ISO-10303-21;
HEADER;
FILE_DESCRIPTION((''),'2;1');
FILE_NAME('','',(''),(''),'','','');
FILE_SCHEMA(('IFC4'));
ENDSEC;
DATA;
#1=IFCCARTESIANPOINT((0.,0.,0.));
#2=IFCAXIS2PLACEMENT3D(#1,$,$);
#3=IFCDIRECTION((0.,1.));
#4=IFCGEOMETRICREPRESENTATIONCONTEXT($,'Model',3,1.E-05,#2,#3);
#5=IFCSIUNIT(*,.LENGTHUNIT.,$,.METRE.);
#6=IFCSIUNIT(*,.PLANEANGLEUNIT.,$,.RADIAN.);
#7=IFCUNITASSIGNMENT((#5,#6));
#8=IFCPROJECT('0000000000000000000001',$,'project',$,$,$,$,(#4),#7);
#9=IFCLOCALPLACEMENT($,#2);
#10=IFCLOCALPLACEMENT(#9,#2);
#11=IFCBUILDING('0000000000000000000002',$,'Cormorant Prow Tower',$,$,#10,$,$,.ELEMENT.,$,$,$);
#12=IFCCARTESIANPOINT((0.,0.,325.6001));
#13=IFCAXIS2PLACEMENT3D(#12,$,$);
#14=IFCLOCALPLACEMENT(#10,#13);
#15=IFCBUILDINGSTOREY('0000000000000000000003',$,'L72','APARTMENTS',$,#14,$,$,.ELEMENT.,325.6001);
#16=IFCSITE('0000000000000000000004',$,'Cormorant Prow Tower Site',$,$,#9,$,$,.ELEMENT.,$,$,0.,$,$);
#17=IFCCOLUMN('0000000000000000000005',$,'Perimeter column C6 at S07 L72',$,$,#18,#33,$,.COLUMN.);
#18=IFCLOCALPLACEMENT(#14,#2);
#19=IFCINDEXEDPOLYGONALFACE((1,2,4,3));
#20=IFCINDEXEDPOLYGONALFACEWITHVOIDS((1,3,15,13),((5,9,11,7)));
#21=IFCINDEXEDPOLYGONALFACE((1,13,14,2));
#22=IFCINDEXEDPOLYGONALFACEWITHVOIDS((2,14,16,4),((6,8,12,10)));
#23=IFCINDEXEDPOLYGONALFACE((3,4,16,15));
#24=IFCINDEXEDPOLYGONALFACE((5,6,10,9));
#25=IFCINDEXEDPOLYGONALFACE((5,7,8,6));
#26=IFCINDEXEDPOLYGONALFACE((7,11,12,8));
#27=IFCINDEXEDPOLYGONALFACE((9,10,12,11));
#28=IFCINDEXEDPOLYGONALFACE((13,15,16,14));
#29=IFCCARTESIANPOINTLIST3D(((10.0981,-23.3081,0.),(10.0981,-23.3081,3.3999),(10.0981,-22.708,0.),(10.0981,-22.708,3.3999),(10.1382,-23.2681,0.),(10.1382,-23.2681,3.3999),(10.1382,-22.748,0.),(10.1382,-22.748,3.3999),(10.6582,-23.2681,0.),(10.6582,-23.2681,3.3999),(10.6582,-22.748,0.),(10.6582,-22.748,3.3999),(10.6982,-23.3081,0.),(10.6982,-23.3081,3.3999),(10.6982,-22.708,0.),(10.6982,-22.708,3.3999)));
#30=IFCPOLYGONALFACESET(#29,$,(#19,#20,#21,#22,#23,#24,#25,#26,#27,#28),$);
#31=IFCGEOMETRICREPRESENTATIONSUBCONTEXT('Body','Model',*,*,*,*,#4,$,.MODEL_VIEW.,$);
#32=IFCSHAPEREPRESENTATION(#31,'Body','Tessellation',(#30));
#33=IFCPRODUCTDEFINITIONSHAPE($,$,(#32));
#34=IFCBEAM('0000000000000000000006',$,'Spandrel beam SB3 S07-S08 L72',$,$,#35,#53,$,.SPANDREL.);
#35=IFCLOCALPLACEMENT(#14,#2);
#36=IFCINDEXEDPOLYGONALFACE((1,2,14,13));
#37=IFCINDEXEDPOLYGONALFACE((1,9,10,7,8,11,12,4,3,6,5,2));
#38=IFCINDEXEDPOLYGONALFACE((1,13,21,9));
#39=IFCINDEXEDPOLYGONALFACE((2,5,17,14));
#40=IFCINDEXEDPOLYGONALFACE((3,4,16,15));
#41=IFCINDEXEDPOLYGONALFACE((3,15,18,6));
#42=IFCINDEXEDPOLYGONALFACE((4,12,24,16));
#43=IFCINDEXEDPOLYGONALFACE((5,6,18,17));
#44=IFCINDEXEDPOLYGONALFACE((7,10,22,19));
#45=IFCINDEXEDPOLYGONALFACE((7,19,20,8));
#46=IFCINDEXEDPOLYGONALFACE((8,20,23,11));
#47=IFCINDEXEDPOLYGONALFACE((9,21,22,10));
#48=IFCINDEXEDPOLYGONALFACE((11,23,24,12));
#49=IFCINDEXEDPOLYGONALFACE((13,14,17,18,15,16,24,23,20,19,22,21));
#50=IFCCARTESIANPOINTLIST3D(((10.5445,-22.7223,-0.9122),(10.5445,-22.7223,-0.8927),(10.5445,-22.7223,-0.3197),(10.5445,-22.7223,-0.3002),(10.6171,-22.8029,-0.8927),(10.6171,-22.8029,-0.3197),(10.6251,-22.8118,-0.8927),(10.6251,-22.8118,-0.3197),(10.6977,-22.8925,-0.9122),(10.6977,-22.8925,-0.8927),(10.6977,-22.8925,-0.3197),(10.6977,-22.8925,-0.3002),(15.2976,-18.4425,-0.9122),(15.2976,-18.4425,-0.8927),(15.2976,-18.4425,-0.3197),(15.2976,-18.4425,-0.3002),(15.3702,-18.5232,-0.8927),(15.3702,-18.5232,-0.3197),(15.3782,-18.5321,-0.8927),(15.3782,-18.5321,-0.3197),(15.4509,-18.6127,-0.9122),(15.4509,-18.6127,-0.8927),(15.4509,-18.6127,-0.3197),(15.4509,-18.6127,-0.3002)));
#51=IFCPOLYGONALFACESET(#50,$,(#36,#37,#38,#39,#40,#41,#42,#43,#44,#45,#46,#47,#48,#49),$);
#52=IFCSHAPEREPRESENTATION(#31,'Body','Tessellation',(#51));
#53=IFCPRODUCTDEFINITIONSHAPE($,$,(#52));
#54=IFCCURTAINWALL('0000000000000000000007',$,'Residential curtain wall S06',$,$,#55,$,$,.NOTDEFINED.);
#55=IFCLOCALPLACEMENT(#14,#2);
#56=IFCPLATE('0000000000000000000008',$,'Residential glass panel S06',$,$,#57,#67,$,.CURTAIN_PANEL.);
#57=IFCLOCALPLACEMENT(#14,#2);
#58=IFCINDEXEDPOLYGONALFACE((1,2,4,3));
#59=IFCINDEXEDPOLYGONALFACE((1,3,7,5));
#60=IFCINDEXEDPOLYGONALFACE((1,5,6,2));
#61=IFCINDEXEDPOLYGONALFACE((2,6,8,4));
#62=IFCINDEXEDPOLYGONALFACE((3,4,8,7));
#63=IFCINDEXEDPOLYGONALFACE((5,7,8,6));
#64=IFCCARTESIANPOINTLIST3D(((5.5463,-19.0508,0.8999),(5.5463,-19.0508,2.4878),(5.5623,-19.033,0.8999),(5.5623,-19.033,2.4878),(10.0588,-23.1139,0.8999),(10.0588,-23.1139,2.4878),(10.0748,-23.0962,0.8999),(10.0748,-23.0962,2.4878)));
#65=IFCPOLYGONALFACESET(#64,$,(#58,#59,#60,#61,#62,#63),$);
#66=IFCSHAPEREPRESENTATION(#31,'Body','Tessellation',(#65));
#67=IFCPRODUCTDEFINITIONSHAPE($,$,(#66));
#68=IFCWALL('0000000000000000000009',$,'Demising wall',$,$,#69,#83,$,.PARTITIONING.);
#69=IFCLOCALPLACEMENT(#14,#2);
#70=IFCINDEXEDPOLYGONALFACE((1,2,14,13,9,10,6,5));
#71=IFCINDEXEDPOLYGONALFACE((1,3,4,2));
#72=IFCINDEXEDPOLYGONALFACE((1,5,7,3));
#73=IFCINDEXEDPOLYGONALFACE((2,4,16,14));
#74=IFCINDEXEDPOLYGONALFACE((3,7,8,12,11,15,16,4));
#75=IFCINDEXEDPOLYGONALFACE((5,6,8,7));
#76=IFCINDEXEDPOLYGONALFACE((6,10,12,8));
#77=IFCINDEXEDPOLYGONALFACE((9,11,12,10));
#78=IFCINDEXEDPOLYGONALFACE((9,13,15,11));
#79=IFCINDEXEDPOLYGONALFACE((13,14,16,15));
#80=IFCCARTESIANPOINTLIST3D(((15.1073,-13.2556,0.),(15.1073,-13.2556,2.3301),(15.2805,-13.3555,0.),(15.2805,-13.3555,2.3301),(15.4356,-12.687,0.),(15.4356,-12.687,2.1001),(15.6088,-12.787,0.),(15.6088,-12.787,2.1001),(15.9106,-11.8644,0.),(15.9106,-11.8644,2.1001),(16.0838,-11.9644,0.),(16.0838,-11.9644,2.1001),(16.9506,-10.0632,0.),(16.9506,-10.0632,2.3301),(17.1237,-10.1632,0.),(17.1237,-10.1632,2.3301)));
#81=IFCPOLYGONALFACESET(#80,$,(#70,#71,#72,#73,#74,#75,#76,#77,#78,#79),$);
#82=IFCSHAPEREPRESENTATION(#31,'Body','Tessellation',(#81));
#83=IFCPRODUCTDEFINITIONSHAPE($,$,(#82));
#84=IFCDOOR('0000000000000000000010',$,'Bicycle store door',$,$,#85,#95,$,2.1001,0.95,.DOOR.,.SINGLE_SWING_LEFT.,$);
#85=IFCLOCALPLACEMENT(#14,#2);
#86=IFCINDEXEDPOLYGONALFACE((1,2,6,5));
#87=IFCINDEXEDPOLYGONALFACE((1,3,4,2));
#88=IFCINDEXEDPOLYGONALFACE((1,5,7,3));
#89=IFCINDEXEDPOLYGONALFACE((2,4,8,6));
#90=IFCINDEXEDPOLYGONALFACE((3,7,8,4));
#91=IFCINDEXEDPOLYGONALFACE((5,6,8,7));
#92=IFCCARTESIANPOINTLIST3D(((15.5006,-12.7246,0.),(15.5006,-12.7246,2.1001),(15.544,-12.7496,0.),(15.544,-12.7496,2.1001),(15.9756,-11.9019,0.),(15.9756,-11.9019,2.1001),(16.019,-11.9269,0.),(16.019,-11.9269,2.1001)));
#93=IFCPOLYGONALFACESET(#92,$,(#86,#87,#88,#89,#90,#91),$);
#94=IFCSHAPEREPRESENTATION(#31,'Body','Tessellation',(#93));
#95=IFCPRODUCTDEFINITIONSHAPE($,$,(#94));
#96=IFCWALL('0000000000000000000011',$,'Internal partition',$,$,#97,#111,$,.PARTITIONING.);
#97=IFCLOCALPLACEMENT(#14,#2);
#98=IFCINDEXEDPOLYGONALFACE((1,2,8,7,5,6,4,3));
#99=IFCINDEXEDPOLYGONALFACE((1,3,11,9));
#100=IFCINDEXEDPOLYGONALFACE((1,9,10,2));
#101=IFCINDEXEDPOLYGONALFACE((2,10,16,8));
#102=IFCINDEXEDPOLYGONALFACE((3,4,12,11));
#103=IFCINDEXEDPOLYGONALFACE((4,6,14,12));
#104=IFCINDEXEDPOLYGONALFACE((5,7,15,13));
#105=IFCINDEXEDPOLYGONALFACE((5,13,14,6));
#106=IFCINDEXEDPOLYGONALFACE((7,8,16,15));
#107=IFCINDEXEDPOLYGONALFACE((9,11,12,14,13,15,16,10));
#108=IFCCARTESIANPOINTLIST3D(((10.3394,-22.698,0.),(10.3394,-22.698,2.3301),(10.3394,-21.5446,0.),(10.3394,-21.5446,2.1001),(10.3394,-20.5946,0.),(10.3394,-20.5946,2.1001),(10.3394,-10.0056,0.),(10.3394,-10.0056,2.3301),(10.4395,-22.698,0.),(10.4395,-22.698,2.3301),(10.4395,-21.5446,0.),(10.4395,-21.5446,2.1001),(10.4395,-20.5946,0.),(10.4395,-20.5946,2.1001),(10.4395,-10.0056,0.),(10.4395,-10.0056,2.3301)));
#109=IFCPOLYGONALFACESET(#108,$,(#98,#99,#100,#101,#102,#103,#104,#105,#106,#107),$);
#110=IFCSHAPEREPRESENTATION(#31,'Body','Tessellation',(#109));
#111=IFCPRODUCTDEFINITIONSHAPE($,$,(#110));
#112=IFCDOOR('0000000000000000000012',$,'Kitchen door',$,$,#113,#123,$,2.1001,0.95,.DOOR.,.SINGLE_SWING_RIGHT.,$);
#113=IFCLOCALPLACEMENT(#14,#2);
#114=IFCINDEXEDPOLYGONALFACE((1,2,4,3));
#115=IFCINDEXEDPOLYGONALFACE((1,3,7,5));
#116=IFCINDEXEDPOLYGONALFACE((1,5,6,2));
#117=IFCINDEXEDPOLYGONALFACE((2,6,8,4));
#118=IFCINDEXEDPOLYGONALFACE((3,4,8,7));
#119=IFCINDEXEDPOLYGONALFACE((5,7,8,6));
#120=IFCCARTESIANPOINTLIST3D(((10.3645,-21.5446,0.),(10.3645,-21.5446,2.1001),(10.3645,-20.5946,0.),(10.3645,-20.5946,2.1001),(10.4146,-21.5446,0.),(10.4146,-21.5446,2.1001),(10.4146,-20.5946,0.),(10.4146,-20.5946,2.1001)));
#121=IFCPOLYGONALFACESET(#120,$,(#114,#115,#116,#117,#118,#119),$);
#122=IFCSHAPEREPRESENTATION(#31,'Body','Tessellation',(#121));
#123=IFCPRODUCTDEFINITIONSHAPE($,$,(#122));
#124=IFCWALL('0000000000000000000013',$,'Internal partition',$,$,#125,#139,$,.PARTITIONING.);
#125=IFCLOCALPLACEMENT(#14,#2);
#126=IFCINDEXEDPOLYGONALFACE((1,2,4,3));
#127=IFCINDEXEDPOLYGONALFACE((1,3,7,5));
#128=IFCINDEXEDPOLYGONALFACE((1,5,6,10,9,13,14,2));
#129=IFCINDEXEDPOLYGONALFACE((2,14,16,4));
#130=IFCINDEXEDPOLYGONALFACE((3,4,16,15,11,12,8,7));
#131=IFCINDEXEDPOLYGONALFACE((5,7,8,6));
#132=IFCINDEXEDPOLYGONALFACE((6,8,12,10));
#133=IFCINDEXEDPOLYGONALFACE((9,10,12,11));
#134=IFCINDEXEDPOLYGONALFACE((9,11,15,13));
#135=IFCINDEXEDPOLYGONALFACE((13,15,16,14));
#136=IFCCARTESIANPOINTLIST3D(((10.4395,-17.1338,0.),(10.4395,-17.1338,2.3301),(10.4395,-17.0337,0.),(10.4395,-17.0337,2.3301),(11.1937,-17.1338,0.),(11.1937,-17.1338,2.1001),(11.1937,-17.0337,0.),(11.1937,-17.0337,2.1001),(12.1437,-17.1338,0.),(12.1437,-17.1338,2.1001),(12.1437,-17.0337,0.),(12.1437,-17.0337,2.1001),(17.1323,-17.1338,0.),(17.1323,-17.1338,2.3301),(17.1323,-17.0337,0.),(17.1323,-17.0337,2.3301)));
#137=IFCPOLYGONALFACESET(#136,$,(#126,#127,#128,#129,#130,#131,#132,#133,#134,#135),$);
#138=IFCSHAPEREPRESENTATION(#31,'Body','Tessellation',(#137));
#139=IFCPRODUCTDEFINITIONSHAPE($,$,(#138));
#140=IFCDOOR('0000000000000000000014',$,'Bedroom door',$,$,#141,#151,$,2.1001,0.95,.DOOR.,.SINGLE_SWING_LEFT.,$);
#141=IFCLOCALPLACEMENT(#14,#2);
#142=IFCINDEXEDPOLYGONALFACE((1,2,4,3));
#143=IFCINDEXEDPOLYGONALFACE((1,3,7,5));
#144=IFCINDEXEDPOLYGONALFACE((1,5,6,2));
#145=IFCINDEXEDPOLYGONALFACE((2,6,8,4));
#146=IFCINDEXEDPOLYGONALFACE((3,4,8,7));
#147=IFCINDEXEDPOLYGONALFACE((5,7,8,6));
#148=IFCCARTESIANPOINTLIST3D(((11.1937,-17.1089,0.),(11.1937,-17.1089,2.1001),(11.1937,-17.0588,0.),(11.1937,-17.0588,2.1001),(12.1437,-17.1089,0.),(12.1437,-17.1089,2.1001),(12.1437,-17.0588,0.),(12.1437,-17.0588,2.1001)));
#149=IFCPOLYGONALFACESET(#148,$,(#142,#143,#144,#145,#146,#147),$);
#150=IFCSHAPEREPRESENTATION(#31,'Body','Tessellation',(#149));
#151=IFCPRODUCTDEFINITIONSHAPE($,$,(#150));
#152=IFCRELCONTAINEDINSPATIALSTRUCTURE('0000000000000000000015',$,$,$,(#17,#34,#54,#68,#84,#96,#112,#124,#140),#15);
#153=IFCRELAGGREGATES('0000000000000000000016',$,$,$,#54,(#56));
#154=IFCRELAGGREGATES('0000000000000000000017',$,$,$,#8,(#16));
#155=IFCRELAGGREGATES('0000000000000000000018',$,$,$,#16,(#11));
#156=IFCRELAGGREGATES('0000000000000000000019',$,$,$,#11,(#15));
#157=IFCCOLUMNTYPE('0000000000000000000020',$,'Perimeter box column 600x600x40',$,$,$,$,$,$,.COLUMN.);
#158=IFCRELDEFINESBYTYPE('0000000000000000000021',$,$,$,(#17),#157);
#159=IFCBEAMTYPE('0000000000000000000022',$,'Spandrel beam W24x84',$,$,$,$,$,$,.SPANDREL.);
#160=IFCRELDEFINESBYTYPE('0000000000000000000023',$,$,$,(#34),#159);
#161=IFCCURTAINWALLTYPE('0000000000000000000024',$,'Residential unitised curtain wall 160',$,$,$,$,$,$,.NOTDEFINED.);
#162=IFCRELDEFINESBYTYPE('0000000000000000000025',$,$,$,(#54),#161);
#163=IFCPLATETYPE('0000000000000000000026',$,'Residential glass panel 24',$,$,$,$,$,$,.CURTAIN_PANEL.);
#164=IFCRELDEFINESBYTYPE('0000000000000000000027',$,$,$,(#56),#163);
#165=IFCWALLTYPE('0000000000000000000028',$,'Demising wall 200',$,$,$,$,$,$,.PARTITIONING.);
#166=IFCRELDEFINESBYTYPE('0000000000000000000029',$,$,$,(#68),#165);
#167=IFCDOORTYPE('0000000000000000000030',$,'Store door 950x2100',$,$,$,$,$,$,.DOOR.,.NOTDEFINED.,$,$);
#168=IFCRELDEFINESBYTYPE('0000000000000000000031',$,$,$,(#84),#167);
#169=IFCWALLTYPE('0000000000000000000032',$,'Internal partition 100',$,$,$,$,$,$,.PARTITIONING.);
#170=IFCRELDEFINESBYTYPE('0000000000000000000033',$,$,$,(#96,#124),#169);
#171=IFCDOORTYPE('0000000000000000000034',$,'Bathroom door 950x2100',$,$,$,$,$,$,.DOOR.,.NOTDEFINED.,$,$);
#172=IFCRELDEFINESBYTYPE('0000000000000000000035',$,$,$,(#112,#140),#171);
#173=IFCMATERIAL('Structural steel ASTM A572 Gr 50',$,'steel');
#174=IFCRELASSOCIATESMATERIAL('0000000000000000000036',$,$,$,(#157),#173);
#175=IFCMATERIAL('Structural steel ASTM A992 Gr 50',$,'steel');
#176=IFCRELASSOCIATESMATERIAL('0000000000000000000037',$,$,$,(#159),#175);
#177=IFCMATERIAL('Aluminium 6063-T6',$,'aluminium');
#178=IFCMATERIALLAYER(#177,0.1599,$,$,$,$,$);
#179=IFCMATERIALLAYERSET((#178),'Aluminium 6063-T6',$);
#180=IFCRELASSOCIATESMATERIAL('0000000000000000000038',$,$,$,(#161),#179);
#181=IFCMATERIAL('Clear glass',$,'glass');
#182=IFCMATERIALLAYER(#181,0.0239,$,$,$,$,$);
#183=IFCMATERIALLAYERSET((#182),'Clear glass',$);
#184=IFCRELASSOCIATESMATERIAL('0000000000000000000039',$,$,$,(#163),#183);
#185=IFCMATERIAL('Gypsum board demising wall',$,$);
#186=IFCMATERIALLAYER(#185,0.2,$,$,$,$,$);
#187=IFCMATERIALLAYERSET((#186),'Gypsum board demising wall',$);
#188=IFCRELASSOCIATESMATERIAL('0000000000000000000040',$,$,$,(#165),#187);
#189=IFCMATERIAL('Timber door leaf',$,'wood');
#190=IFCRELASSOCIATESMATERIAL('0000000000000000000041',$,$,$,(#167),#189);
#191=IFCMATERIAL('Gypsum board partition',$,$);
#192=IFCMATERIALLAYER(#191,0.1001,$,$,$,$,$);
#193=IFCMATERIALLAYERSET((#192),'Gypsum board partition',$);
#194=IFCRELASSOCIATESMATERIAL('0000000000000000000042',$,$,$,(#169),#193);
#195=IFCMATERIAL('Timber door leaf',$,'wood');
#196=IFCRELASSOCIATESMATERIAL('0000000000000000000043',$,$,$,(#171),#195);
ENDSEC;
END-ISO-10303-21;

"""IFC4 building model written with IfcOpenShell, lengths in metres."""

from ifc_helpers import new_model, si_unit, direction, frame, frame_2d, origin, origin_2d, place, context, subcontext, project, spatial, rectangle, hollow_rectangle, i_section, extrude, material, layer, layer_set, material_profile, profile_set, type_object, element, fill, aggregate, save


model = new_model("IFC4")

# Units and contexts
model_context = context("Model", 3, precision=1e-05, world=origin(), true_north=direction((0.0, 1.0)))
body_context = subcontext(model_context, "Body", "Model", "MODEL_VIEW")
ifc_project = project(units=[si_unit("LENGTHUNIT", "METRE"), si_unit("PLANEANGLEUNIT", "RADIAN")], contexts=[model_context])

# Site, building, storey
site_placement = place(None, origin())
site = spatial("IfcSite", under=ifc_project, at=site_placement, Name="Cormorant Prow Tower Site", CompositionType="ELEMENT", RefElevation=0.0)
building_placement = place(site_placement, origin())
building = spatial("IfcBuilding", under=site, at=building_placement, Name="Cormorant Prow Tower", CompositionType="ELEMENT")
storey_placement = place(building_placement, frame((0.0, 0.0, 325.6001)))
storey = spatial("IfcBuildingStorey", under=building, at=storey_placement, Name="L72", Description="APARTMENTS", CompositionType="ELEMENT", Elevation=325.6001)

# Column
ifc_material_1 = material(Name="Structural steel ASTM A572 Gr 50", Category="steel")
ifc_material_profile_1 = material_profile(ifc_material_1, hollow_rectangle(XDim=0.6001, YDim=0.6001, WallThickness=0.04, at=origin_2d()), Name="Box 600x600x40")
ifc_profile_set_1 = profile_set([ifc_material_profile_1], Name="Structural steel ASTM A572 Gr 50")
column_type = type_object("IfcColumnType", Name="Perimeter box column 600x600x40", PredefinedType="COLUMN", material=ifc_profile_set_1)
column_placement = place(storey_placement, frame((10.3982, -23.0081, 0.0), z_axis=(0.0, 0.0, 1.0), x_axis=(1.0, 0.0, 0.0)))
element("IfcColumn", 1, at=column_placement, inside=storey, type_object=column_type, Name="Perimeter column C6 at S07 L72", PredefinedType="COLUMN", context=body_context, shape_type="SweptSolid", body=[
    extrude(hollow_rectangle(XDim=0.6001, YDim=0.6001, WallThickness=0.04, at=origin_2d()), origin(), (0.0, 0.0, 1.0), 3.3999),
])

# Beam
ifc_material_2 = material(Name="Structural steel ASTM A992 Gr 50", Category="steel")
ifc_material_profile_2 = material_profile(ifc_material_2, i_section(OverallWidth=0.229, OverallDepth=0.6121, WebThickness=0.012, FlangeThickness=0.0195, at=origin_2d()), Name="W24x84")
ifc_profile_set_2 = profile_set([ifc_material_profile_2], Name="Structural steel ASTM A992 Gr 50")
beam_type = type_object("IfcBeamType", Name="Spandrel beam W24x84", PredefinedType="SPANDREL", material=ifc_profile_set_2)
beam_placement = place(storey_placement, frame((10.6211, -22.8074, -0.6062), z_axis=(0.743144, 0.669131, 0.0), x_axis=(-0.669131, 0.743144, 0.0)))
element("IfcBeam", 2, at=beam_placement, inside=storey, type_object=beam_type, Name="Spandrel beam SB3 S07-S08 L72", PredefinedType="SPANDREL", context=body_context, shape_type="SweptSolid", body=[
    extrude(i_section(OverallWidth=0.229, OverallDepth=0.6121, WebThickness=0.012, FlangeThickness=0.0195, at=origin_2d()), origin(), (0.0, 0.0, 1.0), 6.396),
])

# Curtain wall, plate
ifc_material_3 = material(Name="Aluminium 6063-T6", Category="aluminium")
ifc_layer_1 = layer(ifc_material_3, 0.1599)
ifc_layer_set_1 = layer_set([ifc_layer_1], Name="Aluminium 6063-T6")
curtain_wall_type = type_object("IfcCurtainWallType", Name="Residential unitised curtain wall 160", PredefinedType="NOTDEFINED", material=ifc_layer_set_1)
curtain_wall_placement = place(storey_placement, origin())
curtain_wall = element("IfcCurtainWall", 3, at=curtain_wall_placement, inside=storey, type_object=curtain_wall_type, Name="Residential curtain wall S06", PredefinedType="NOTDEFINED")
ifc_material_4 = material(Name="Clear glass", Category="glass")
ifc_layer_2 = layer(ifc_material_4, 0.0239)
ifc_layer_set_2 = layer_set([ifc_layer_2], Name="Clear glass")
plate_type = type_object("IfcPlateType", Name="Residential glass panel 24", PredefinedType="CURTAIN_PANEL", material=ifc_layer_set_2)
plate_placement = place(storey_placement, frame((7.8105, -21.0735, 0.8999), z_axis=(0.0, 0.0, 1.0), x_axis=(0.743145, -0.669131, 0.0)))
plate = element("IfcPlate", 4, at=plate_placement, type_object=plate_type, Name="Residential glass panel S06", PredefinedType="CURTAIN_PANEL", context=body_context, shape_type="SweptSolid", body=[
    extrude(rectangle(XDim=6.0723, YDim=0.0239, at=origin_2d()), origin(), (0.0, 0.0, 1.0), 1.5879),
])
aggregate(curtain_wall, [plate])

# Walls, openings, doors
ifc_material_5 = material(Name="Gypsum board demising wall")
ifc_layer_3 = layer(ifc_material_5, 0.2)
ifc_layer_set_3 = layer_set([ifc_layer_3], Name="Gypsum board demising wall")
wall_type_1 = type_object("IfcWallType", Name="Demising wall 200", PredefinedType="PARTITIONING", material=ifc_layer_set_3)
wall_1_placement = place(storey_placement, frame((15.1938, -13.3057, 0.0), z_axis=(0.0, 0.0, 1.0), x_axis=(0.500028, 0.866009, 0.0)))
wall_1 = element("IfcWall", 5, at=wall_1_placement, inside=storey, type_object=wall_type_1, Name="Demising wall", PredefinedType="PARTITIONING", context=body_context, shape_type="SweptSolid", body=[
    extrude(rectangle(XDim=3.6863, YDim=0.2, at=frame_2d((1.8433, 0.0))), origin(), (0.0, 0.0, 1.0), 2.3301),
])
opening_1_placement = place(wall_1_placement, frame((0.6565, 0.0, 0.0)))
opening_1 = element("IfcOpeningElement", 6, at=opening_1_placement, cuts=wall_1, PredefinedType="OPENING", context=body_context, shape_type="SweptSolid", body=[
    extrude(rectangle(XDim=0.95, YDim=2.1001, at=frame_2d((0.4751, 1.05))), frame((0.0, 0.1099, 0.0), z_axis=(0.0, -1.0, 0.0), x_axis=(1.0, 0.0, 0.0)), (0.0, 0.0, 1.0), 0.22),
])
ifc_material_6 = material(Name="Timber door leaf", Category="wood")
door_type_1 = type_object("IfcDoorType", Name="Store door 950x2100", OperationType="NOTDEFINED", PredefinedType="DOOR", material=ifc_material_6)
door_1_placement = place(opening_1_placement, origin())
door_1 = element("IfcDoor", 7, at=door_1_placement, inside=storey, type_object=door_type_1, Name="Bicycle store door", OperationType="SINGLE_SWING_LEFT", OverallHeight=2.1001, OverallWidth=0.95, PredefinedType="DOOR", context=body_context, shape_type="SweptSolid", body=[
    extrude(rectangle(XDim=0.95, YDim=2.1001, at=frame_2d((0.4751, 1.05))), frame((0.0, 0.0249, 0.0), z_axis=(0.0, -1.0, 0.0), x_axis=(1.0, 0.0, 0.0)), (0.0, 0.0, 1.0), 0.05),
])
fill(opening_1, door_1)
ifc_material_7 = material(Name="Gypsum board partition")
ifc_layer_4 = layer(ifc_material_7, 0.1001)
ifc_layer_set_4 = layer_set([ifc_layer_4], Name="Gypsum board partition")
wall_type_2 = type_object("IfcWallType", Name="Internal partition 100", PredefinedType="PARTITIONING", material=ifc_layer_set_4)
wall_2_placement = place(storey_placement, frame((10.3894, -22.698, 0.0), z_axis=(0.0, 0.0, 1.0), x_axis=(0.0, 1.0, 0.0)))
wall_2 = element("IfcWall", 8, at=wall_2_placement, inside=storey, type_object=wall_type_2, Name="Internal partition", PredefinedType="PARTITIONING", context=body_context, shape_type="SweptSolid", body=[
    extrude(rectangle(XDim=12.6924, YDim=0.1001, at=frame_2d((6.3462, 0.0))), origin(), (0.0, 0.0, 1.0), 2.3301),
])
opening_2_placement = place(wall_2_placement, frame((1.1533, 0.0, 0.0)))
opening_2 = element("IfcOpeningElement", 9, at=opening_2_placement, cuts=wall_2, PredefinedType="OPENING", context=body_context, shape_type="SweptSolid", body=[
    extrude(rectangle(XDim=0.95, YDim=2.1001, at=frame_2d((0.4751, 1.05))), frame((0.0, 0.0601, 0.0), z_axis=(0.0, -1.0, 0.0), x_axis=(1.0, 0.0, 0.0)), (0.0, 0.0, 1.0), 0.1201),
])
ifc_material_8 = material(Name="Timber door leaf", Category="wood")
door_type_2 = type_object("IfcDoorType", Name="Bathroom door 950x2100", OperationType="NOTDEFINED", PredefinedType="DOOR", material=ifc_material_8)
door_2_placement = place(opening_2_placement, origin())
door_2 = element("IfcDoor", 10, at=door_2_placement, inside=storey, type_object=door_type_2, Name="Kitchen door", OperationType="SINGLE_SWING_RIGHT", OverallHeight=2.1001, OverallWidth=0.95, PredefinedType="DOOR", context=body_context, shape_type="SweptSolid", body=[
    extrude(rectangle(XDim=0.95, YDim=2.1001, at=frame_2d((0.4751, 1.05))), frame((0.0, 0.0249, 0.0), z_axis=(0.0, -1.0, 0.0), x_axis=(1.0, 0.0, 0.0)), (0.0, 0.0, 1.0), 0.05),
])
fill(opening_2, door_2)
wall_3_placement = place(storey_placement, frame((10.4395, -17.0837, 0.0), z_axis=(0.0, 0.0, 1.0), x_axis=(1.0, 0.0, 0.0)))
wall_3 = element("IfcWall", 11, at=wall_3_placement, inside=storey, type_object=wall_type_2, Name="Internal partition", PredefinedType="PARTITIONING", context=body_context, shape_type="SweptSolid", body=[
    extrude(rectangle(XDim=6.6929, YDim=0.1001, at=frame_2d((3.3464, 0.0))), origin(), (0.0, 0.0, 1.0), 2.3301),
])
opening_3_placement = place(wall_3_placement, frame((0.7542, 0.0, 0.0)))
opening_3 = element("IfcOpeningElement", 12, at=opening_3_placement, cuts=wall_3, PredefinedType="OPENING", context=body_context, shape_type="SweptSolid", body=[
    extrude(rectangle(XDim=0.95, YDim=2.1001, at=frame_2d((0.4751, 1.05))), frame((0.0, 0.0601, 0.0), z_axis=(0.0, -1.0, 0.0), x_axis=(1.0, 0.0, 0.0)), (0.0, 0.0, 1.0), 0.1201),
])
door_3_placement = place(opening_3_placement, origin())
door_3 = element("IfcDoor", 13, at=door_3_placement, inside=storey, type_object=door_type_2, Name="Bedroom door", OperationType="SINGLE_SWING_LEFT", OverallHeight=2.1001, OverallWidth=0.95, PredefinedType="DOOR", context=body_context, shape_type="SweptSolid", body=[
    extrude(rectangle(XDim=0.95, YDim=2.1001, at=frame_2d((0.4751, 1.05))), frame((0.0, 0.0249, 0.0), z_axis=(0.0, -1.0, 0.0), x_axis=(1.0, 0.0, 0.0)), (0.0, 0.0, 1.0), 0.05),
])
fill(opening_3, door_3)

save(model, "model.ifc")
